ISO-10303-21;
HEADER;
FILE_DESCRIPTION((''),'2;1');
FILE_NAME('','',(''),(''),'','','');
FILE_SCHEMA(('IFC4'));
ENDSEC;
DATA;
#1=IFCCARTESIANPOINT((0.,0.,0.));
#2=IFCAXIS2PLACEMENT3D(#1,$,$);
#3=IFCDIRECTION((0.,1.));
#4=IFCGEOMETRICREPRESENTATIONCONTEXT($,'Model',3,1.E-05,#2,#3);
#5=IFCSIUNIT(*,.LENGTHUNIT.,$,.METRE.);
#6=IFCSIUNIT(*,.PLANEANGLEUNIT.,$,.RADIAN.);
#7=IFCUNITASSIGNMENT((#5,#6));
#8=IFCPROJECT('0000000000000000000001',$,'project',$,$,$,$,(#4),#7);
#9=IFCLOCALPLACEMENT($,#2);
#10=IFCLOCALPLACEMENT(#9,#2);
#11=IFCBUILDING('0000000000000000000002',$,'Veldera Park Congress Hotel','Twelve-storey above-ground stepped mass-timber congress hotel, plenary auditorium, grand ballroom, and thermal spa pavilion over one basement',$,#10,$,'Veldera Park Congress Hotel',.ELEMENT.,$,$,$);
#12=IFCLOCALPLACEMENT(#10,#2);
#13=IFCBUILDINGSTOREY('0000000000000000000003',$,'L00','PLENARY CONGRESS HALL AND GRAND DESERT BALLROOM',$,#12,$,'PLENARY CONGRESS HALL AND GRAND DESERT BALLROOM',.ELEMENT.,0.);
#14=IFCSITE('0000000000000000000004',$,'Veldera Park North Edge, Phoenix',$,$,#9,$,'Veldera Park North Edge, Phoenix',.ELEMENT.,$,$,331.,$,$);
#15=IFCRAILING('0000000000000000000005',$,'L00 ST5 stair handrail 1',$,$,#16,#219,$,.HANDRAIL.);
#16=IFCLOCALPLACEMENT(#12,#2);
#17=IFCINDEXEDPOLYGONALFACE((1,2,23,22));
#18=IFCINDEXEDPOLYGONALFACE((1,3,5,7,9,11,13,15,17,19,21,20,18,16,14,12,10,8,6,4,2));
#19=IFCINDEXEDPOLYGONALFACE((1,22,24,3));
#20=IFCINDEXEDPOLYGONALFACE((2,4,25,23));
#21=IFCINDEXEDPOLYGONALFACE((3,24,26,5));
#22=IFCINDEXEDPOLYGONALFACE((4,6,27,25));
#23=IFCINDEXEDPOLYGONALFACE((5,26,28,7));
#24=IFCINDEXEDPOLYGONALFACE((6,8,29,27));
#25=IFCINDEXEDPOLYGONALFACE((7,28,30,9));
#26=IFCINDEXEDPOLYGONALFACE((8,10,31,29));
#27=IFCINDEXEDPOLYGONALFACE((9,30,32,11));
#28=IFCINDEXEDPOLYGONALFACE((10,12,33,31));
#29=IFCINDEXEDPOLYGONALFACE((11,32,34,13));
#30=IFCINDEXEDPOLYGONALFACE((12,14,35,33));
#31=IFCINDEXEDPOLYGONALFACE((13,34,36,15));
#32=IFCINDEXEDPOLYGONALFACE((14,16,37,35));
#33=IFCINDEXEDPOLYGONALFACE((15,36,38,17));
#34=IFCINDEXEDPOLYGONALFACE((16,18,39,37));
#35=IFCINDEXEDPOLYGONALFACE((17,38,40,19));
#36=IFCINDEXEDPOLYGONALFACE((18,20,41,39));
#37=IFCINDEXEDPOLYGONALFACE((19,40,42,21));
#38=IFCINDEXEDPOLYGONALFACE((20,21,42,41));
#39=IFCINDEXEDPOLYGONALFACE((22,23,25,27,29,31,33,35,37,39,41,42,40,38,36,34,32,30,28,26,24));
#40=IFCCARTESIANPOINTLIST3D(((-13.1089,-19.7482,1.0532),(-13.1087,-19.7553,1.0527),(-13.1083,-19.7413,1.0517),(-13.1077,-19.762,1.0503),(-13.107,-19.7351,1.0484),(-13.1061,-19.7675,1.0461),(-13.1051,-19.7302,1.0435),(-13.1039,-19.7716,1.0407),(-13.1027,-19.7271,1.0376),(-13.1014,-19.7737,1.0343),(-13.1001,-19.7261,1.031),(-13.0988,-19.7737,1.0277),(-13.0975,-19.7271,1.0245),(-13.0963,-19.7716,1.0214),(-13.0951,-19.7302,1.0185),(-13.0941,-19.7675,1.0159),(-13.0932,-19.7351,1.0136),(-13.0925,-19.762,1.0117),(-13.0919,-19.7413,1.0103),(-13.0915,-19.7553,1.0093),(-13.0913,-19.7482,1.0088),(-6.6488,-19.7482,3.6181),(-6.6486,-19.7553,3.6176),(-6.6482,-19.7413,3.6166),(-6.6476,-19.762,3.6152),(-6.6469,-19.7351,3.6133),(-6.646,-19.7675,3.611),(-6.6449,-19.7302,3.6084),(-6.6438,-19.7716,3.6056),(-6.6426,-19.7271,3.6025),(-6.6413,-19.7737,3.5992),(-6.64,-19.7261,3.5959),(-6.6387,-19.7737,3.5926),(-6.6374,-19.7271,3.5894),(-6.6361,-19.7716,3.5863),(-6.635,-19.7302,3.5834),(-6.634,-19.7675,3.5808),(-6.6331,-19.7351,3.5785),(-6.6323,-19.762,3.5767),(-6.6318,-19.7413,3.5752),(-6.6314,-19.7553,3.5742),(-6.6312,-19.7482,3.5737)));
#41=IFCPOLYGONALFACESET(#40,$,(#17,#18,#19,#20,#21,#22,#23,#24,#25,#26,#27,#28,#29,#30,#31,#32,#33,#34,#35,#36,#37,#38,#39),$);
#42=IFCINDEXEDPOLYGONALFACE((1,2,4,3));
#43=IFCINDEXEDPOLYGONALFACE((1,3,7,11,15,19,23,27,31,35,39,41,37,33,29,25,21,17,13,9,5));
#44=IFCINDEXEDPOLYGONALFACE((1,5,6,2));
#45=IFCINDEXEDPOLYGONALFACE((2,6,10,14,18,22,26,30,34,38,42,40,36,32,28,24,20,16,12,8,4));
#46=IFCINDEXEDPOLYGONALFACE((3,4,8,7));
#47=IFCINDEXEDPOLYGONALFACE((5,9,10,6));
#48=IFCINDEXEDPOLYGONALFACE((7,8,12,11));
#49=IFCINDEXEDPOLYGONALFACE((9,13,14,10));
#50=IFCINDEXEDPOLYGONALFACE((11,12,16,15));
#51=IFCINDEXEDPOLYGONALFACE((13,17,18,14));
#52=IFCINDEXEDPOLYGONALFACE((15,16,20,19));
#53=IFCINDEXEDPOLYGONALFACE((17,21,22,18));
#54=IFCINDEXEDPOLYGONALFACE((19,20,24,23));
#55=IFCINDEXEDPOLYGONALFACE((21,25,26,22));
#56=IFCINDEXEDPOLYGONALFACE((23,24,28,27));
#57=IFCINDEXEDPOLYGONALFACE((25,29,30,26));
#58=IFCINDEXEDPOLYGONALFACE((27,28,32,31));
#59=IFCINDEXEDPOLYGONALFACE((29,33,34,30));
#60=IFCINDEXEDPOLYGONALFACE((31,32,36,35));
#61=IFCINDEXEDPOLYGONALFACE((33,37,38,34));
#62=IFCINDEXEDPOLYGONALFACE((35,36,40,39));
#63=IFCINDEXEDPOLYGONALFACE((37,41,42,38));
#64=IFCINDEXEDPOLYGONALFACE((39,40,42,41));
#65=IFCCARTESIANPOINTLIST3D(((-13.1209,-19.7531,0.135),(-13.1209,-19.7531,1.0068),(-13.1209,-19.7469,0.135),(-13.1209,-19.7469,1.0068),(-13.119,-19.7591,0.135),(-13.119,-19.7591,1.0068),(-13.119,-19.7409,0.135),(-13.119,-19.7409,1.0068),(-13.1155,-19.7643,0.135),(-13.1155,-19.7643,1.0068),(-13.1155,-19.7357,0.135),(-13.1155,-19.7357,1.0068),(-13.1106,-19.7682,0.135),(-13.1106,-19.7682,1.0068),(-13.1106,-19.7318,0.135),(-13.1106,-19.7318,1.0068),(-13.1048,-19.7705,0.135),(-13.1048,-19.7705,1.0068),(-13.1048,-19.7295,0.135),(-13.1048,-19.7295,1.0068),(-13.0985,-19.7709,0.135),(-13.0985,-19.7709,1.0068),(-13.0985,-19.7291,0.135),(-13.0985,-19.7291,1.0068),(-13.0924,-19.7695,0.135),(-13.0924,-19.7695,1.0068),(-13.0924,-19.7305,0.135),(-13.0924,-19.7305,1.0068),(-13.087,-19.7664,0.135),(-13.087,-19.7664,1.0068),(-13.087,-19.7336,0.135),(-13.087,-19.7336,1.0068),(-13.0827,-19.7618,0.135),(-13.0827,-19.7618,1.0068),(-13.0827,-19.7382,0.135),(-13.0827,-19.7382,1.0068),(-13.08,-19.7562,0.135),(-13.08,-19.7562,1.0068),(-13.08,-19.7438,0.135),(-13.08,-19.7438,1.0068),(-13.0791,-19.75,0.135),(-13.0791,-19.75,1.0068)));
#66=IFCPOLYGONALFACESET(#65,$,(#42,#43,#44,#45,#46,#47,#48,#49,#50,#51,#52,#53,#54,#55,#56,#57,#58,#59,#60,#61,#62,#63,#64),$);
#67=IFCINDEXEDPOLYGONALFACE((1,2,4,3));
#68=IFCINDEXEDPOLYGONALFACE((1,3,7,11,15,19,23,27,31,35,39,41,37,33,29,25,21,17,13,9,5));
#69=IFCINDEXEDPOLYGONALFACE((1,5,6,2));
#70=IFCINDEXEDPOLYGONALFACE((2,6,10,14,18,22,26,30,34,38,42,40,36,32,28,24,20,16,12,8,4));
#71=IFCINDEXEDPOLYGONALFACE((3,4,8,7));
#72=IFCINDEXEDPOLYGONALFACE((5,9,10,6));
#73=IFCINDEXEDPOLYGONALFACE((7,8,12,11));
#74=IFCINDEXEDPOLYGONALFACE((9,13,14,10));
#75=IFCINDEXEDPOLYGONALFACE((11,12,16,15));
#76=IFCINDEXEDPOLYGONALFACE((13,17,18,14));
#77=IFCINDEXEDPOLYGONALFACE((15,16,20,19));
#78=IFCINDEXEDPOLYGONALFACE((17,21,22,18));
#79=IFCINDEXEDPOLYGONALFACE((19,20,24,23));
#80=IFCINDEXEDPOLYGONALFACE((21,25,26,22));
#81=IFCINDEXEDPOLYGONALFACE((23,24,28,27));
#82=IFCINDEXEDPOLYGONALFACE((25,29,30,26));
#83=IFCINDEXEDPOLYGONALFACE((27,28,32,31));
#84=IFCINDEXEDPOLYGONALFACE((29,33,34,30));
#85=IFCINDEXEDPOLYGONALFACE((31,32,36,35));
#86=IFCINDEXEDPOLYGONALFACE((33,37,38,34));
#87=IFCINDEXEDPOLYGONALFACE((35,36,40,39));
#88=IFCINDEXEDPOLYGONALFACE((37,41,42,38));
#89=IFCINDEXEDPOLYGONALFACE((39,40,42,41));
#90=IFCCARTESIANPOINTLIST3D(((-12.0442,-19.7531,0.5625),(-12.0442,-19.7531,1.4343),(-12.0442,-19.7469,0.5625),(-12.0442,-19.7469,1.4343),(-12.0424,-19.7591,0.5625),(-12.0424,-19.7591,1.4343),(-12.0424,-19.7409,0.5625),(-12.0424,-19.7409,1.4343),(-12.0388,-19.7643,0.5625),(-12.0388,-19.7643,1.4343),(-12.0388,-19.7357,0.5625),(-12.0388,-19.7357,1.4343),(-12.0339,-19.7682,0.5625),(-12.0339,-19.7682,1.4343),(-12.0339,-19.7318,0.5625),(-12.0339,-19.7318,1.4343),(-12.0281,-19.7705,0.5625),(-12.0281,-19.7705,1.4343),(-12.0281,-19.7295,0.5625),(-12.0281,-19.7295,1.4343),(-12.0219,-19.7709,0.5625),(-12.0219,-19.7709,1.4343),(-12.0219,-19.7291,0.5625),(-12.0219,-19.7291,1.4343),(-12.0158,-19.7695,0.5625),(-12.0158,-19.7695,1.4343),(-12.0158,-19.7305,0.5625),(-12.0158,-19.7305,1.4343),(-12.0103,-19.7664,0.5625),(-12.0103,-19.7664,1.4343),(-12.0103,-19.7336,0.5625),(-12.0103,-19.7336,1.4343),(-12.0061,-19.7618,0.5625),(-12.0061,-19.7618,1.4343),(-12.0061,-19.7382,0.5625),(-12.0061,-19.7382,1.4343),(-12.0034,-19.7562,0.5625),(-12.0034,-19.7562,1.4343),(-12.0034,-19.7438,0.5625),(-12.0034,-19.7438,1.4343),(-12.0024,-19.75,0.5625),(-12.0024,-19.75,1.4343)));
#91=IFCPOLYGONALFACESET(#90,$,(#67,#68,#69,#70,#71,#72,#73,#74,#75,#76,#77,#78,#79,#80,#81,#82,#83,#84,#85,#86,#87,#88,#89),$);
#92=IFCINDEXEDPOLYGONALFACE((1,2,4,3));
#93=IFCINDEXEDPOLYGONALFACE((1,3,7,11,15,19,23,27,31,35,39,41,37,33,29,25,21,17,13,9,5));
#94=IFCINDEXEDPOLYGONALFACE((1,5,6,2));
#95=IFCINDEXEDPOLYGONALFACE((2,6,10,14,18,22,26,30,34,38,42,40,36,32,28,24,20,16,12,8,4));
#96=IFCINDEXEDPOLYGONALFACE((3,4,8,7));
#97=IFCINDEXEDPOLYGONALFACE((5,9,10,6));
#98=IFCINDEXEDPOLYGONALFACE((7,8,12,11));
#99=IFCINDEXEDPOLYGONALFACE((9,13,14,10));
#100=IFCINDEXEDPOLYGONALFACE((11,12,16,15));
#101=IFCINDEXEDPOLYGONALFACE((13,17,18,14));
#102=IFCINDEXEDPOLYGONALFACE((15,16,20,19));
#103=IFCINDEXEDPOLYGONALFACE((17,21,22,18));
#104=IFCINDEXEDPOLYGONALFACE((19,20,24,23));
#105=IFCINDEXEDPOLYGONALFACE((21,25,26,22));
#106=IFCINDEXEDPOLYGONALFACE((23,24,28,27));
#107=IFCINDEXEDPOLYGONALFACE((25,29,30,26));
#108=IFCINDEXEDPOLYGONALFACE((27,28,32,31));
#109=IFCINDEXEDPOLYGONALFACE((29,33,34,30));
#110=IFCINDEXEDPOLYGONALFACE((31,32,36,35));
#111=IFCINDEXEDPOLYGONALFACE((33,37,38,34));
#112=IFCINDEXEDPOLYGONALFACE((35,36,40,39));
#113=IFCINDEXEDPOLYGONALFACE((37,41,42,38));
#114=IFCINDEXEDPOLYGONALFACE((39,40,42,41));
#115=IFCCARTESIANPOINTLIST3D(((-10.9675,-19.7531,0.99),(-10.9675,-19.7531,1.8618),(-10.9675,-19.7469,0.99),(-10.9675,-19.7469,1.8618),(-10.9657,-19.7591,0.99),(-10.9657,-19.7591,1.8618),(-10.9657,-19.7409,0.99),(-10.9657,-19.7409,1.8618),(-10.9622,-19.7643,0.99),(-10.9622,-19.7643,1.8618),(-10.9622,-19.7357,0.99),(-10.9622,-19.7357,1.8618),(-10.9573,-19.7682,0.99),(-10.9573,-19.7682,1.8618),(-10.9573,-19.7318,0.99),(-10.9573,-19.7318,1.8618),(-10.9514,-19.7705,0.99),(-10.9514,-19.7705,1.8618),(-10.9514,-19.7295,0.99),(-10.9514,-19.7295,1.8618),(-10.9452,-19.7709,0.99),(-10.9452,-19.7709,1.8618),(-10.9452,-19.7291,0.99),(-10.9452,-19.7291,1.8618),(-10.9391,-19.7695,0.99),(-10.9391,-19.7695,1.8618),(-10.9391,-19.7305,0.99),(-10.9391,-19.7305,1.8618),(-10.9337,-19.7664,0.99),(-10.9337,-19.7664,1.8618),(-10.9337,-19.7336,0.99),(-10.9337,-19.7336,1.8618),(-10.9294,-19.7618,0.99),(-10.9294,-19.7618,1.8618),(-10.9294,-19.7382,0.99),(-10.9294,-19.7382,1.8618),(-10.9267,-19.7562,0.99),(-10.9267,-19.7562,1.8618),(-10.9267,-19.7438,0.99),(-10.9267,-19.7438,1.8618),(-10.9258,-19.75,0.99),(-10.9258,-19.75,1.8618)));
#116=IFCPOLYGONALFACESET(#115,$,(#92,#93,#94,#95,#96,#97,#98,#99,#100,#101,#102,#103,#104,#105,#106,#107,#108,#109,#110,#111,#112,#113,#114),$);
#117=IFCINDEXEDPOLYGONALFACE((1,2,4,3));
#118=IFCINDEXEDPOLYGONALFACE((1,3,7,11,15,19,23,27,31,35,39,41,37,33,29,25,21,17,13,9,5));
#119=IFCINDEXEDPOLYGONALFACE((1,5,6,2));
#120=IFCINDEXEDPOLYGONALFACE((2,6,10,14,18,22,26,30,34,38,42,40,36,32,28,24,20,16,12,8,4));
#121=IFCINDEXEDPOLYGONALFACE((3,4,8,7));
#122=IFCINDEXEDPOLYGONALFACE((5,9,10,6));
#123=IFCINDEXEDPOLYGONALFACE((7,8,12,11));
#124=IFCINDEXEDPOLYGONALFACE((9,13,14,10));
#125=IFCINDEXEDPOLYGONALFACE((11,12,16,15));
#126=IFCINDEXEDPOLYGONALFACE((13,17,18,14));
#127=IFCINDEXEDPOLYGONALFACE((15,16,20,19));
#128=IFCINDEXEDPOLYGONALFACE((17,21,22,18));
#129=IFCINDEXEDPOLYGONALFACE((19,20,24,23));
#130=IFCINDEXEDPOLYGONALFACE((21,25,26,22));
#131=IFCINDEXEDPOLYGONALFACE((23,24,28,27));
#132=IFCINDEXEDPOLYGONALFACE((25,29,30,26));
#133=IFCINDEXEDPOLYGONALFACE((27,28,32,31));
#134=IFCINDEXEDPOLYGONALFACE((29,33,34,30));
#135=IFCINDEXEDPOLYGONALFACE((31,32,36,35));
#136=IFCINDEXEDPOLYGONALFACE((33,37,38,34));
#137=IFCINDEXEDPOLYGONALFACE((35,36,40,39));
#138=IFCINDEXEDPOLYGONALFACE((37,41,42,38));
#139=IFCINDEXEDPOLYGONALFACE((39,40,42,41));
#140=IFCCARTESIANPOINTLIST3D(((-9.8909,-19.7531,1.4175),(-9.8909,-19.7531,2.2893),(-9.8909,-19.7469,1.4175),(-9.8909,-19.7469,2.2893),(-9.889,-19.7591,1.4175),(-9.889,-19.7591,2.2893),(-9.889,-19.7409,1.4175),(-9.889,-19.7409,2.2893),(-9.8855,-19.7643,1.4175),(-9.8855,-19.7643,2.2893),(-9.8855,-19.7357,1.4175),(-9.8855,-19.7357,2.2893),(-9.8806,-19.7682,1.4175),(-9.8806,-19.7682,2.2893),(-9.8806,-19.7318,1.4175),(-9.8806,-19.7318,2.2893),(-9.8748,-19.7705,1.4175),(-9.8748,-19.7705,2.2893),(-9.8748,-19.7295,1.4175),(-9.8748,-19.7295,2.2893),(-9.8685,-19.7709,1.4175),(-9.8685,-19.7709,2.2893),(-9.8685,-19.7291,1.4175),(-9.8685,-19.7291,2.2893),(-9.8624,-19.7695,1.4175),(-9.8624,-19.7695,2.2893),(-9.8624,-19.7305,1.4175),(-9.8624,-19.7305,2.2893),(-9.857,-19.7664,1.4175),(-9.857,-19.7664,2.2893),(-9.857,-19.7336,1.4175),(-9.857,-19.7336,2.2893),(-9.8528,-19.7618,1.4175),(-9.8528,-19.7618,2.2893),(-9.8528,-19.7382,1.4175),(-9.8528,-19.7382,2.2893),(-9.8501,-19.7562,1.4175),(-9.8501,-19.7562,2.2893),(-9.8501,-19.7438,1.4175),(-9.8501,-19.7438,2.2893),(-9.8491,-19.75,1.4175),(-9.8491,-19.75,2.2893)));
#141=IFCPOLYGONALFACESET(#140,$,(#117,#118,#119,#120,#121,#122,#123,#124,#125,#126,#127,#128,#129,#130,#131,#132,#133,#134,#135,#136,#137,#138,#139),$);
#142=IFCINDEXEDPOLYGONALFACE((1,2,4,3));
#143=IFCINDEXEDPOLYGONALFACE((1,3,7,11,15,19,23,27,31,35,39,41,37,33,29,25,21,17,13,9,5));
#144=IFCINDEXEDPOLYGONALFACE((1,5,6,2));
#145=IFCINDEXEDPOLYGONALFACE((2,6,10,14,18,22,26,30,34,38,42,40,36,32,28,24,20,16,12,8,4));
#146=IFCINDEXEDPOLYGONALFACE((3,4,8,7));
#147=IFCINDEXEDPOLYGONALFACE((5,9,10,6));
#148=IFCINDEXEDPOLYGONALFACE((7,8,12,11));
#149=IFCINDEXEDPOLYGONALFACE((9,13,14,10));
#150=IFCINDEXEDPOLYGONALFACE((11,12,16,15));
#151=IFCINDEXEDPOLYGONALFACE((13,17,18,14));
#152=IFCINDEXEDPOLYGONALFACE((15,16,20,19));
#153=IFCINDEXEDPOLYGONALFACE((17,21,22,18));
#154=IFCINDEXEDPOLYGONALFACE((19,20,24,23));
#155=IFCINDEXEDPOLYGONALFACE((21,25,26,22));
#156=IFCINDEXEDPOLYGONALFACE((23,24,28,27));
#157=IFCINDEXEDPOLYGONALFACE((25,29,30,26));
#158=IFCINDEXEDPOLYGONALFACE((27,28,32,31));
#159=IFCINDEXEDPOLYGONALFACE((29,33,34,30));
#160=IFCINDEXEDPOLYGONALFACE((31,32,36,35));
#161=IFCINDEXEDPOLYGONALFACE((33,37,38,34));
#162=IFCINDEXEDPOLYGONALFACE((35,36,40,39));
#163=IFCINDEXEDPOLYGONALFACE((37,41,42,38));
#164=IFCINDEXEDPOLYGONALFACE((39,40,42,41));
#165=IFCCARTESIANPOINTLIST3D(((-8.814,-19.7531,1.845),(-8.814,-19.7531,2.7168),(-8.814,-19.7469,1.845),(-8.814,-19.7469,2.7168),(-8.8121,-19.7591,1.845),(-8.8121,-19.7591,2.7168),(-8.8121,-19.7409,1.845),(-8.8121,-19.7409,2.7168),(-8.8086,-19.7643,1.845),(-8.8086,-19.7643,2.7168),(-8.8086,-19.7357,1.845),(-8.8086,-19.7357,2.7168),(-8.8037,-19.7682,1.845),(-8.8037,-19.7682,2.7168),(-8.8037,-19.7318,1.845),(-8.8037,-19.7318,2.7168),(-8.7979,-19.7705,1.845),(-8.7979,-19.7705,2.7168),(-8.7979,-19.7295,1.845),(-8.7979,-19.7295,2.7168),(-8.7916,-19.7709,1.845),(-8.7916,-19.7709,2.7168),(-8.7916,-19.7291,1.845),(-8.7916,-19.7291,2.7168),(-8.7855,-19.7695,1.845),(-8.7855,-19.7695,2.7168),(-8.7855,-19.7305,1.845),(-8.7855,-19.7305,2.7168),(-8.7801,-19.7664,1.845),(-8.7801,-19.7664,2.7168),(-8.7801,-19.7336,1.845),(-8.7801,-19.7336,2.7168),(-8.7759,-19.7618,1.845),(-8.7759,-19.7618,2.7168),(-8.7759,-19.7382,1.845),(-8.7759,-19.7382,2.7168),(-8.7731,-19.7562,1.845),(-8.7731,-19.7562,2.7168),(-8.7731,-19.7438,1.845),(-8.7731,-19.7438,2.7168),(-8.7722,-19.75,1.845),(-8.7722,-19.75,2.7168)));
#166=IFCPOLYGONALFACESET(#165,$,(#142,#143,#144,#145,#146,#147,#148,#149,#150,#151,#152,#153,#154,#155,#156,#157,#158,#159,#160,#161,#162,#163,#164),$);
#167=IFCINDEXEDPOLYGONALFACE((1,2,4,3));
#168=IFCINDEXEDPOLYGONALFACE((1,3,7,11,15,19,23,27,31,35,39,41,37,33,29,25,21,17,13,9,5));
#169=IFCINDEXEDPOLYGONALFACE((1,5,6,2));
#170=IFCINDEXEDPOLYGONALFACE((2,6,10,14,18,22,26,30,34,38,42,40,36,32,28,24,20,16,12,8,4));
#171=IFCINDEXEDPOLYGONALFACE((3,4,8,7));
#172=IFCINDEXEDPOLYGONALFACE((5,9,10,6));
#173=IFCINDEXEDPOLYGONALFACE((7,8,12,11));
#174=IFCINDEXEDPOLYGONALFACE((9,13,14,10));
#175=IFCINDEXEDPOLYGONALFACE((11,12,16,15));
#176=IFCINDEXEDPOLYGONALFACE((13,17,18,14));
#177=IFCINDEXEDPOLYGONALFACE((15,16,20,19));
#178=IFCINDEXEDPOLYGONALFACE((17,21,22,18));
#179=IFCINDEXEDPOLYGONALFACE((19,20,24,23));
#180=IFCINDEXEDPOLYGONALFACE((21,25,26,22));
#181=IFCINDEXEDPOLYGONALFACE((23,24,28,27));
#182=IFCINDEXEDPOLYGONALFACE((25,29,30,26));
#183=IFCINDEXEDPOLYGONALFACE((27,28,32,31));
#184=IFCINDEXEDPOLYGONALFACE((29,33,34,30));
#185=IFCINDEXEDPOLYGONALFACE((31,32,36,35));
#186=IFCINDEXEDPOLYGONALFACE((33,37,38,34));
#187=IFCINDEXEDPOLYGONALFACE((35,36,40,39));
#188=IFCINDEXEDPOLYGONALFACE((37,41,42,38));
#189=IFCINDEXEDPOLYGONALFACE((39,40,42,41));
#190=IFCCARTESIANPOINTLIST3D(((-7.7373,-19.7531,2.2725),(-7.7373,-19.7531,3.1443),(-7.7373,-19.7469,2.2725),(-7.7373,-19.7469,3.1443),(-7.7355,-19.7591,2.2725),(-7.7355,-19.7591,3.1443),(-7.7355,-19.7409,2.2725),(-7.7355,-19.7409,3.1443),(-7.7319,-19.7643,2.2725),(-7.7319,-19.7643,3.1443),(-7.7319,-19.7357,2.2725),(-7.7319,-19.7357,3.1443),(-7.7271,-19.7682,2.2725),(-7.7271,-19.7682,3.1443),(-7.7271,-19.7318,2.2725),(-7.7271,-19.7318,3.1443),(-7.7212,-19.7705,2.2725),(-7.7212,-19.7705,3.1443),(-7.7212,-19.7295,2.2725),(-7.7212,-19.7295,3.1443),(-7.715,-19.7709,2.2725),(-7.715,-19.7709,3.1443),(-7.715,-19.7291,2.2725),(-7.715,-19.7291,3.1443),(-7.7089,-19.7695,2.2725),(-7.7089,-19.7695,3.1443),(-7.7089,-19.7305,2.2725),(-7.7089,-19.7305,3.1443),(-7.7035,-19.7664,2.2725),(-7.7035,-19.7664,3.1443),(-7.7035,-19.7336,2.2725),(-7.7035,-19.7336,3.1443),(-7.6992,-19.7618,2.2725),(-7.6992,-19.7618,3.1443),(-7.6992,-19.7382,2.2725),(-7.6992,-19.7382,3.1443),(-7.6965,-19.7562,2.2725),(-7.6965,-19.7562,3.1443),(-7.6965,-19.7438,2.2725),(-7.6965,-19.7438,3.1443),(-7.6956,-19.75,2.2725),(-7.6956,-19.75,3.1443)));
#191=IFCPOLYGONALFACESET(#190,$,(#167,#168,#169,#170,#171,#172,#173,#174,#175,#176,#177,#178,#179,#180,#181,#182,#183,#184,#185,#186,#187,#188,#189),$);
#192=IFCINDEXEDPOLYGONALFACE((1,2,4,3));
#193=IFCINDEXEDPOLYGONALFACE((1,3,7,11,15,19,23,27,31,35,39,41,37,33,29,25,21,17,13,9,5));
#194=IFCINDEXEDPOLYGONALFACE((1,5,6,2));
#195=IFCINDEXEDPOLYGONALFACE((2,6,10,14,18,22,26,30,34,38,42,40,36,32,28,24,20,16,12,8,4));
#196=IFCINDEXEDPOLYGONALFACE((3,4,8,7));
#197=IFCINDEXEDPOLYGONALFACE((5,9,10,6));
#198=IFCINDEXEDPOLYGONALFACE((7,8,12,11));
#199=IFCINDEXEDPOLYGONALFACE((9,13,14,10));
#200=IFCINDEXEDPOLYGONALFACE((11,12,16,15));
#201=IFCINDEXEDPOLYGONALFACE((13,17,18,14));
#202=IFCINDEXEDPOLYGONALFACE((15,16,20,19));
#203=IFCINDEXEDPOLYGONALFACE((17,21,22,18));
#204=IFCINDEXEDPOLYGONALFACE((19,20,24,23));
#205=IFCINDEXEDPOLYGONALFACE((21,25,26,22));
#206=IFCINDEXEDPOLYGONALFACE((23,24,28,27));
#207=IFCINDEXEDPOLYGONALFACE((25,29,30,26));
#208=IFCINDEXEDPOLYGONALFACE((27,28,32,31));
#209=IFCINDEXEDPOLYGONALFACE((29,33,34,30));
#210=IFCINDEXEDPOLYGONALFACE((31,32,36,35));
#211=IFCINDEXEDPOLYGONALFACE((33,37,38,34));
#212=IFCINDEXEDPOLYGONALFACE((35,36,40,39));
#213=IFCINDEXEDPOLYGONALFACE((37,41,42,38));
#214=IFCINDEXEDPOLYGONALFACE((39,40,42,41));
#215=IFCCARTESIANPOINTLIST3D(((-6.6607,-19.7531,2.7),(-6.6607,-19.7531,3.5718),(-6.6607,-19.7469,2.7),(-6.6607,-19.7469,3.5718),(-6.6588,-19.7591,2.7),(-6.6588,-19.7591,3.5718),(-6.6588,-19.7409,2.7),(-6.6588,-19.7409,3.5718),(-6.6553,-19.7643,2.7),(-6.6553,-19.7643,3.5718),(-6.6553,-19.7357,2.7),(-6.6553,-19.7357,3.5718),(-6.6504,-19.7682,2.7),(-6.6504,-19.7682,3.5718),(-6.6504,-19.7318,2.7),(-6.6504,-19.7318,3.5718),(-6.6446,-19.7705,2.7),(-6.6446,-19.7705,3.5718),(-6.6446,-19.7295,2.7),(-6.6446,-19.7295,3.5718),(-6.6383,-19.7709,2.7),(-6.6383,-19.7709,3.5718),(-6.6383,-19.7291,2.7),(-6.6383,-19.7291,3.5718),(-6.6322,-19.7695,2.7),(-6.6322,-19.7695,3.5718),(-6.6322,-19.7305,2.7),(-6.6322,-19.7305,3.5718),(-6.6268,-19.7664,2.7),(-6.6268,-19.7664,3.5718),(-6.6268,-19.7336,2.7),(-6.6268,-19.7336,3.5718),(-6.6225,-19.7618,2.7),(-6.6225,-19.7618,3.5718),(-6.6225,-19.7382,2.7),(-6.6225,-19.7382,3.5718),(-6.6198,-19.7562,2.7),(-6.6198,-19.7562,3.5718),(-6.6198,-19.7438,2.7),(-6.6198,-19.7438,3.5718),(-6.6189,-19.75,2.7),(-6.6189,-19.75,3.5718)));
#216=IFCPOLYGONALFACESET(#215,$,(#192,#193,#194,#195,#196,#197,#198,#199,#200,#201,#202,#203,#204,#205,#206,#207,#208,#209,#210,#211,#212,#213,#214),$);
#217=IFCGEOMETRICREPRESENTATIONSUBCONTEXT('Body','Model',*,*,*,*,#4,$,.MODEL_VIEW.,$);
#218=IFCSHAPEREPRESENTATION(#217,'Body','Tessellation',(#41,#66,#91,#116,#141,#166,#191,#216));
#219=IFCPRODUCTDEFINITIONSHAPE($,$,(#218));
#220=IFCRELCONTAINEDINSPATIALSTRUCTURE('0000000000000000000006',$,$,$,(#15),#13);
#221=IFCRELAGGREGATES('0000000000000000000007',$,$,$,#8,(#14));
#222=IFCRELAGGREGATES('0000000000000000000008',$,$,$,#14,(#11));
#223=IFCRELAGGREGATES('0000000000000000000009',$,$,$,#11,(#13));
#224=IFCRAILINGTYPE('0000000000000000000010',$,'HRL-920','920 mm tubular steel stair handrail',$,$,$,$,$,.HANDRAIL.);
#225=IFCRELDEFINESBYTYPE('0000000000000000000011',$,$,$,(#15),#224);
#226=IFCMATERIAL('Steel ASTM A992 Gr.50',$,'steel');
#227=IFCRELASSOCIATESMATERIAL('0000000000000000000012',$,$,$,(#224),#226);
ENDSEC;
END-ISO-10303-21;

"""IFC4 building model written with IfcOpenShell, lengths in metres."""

from ifc_helpers import new_model, si_unit, direction, frame, origin, origin_2d, place, context, subcontext, project, spatial, circle, extrude, material, type_object, element, save


model = new_model("IFC4")

# Units and contexts
model_context = context("Model", 3, precision=1e-05, world=origin(), true_north=direction((0.0, 1.0)))
body_context = subcontext(model_context, "Body", "Model", "MODEL_VIEW")
ifc_project = project(units=[si_unit("LENGTHUNIT", "METRE"), si_unit("PLANEANGLEUNIT", "RADIAN")], contexts=[model_context])

# Site, building, storey
site_placement = place(None, origin())
site = spatial("IfcSite", under=ifc_project, at=site_placement, Name="Veldera Park North Edge, Phoenix", LongName="Veldera Park North Edge, Phoenix", CompositionType="ELEMENT", RefElevation=331.0)
building_placement = place(site_placement, origin())
building = spatial("IfcBuilding", under=site, at=building_placement, Name="Veldera Park Congress Hotel", Description="Twelve-storey above-ground stepped mass-timber congress hotel, plenary auditorium, grand ballroom, and thermal spa pavilion over one basement", LongName="Veldera Park Congress Hotel", CompositionType="ELEMENT")
storey_placement = place(building_placement, origin())
storey = spatial("IfcBuildingStorey", under=building, at=storey_placement, Name="L00", Description="PLENARY CONGRESS HALL AND GRAND DESERT BALLROOM", LongName="PLENARY CONGRESS HALL AND GRAND DESERT BALLROOM", CompositionType="ELEMENT", Elevation=0.0)

# Shared definitions
ifc_material_1 = material(Name="Steel ASTM A992 Gr.50", Category="steel")

# Railing
railing_type_1 = type_object("IfcRailingType", Name="HRL-920", Description="920 mm tubular steel stair handrail", PredefinedType="HANDRAIL", material=ifc_material_1)
railing_1_placement = place(storey_placement, frame((-13.1001, -19.75, 0.135)))
element("IfcRailing", 1, at=railing_1_placement, inside=storey, type_object=railing_type_1, Name="L00 ST5 stair handrail 1", PredefinedType="HANDRAIL", context=body_context, shape_type="SweptSolid", body=[
    extrude(circle(Radius=0.0239, at=origin_2d()), frame((0.0, 0.0, 0.896), z_axis=(0.929423, 0.0, 0.369016), x_axis=(0.0, 1.0, 0.0)), (0.0, 0.0, 1.0), 6.9507),
    extrude(circle(Radius=0.021, at=origin_2d()), origin(), (0.0, 0.0, 1.0), 0.8718),
    extrude(circle(Radius=0.021, at=origin_2d()), frame((1.0767, 0.0, 0.4275)), (0.0, 0.0, 1.0), 0.8718),
    extrude(circle(Radius=0.021, at=origin_2d()), frame((2.1533, 0.0, 0.855)), (0.0, 0.0, 1.0), 0.8718),
    extrude(circle(Radius=0.021, at=origin_2d()), frame((3.23, 0.0, 1.2825)), (0.0, 0.0, 1.0), 0.8718),
    extrude(circle(Radius=0.021, at=origin_2d()), frame((4.3069, 0.0, 1.71)), (0.0, 0.0, 1.0), 0.8718),
    extrude(circle(Radius=0.021, at=origin_2d()), frame((5.3835, 0.0, 2.1375)), (0.0, 0.0, 1.0), 0.8718),
    extrude(circle(Radius=0.021, at=origin_2d()), frame((6.4602, 0.0, 2.5649)), (0.0, 0.0, 1.0), 0.8718),
])

save(model, "model.ifc")
